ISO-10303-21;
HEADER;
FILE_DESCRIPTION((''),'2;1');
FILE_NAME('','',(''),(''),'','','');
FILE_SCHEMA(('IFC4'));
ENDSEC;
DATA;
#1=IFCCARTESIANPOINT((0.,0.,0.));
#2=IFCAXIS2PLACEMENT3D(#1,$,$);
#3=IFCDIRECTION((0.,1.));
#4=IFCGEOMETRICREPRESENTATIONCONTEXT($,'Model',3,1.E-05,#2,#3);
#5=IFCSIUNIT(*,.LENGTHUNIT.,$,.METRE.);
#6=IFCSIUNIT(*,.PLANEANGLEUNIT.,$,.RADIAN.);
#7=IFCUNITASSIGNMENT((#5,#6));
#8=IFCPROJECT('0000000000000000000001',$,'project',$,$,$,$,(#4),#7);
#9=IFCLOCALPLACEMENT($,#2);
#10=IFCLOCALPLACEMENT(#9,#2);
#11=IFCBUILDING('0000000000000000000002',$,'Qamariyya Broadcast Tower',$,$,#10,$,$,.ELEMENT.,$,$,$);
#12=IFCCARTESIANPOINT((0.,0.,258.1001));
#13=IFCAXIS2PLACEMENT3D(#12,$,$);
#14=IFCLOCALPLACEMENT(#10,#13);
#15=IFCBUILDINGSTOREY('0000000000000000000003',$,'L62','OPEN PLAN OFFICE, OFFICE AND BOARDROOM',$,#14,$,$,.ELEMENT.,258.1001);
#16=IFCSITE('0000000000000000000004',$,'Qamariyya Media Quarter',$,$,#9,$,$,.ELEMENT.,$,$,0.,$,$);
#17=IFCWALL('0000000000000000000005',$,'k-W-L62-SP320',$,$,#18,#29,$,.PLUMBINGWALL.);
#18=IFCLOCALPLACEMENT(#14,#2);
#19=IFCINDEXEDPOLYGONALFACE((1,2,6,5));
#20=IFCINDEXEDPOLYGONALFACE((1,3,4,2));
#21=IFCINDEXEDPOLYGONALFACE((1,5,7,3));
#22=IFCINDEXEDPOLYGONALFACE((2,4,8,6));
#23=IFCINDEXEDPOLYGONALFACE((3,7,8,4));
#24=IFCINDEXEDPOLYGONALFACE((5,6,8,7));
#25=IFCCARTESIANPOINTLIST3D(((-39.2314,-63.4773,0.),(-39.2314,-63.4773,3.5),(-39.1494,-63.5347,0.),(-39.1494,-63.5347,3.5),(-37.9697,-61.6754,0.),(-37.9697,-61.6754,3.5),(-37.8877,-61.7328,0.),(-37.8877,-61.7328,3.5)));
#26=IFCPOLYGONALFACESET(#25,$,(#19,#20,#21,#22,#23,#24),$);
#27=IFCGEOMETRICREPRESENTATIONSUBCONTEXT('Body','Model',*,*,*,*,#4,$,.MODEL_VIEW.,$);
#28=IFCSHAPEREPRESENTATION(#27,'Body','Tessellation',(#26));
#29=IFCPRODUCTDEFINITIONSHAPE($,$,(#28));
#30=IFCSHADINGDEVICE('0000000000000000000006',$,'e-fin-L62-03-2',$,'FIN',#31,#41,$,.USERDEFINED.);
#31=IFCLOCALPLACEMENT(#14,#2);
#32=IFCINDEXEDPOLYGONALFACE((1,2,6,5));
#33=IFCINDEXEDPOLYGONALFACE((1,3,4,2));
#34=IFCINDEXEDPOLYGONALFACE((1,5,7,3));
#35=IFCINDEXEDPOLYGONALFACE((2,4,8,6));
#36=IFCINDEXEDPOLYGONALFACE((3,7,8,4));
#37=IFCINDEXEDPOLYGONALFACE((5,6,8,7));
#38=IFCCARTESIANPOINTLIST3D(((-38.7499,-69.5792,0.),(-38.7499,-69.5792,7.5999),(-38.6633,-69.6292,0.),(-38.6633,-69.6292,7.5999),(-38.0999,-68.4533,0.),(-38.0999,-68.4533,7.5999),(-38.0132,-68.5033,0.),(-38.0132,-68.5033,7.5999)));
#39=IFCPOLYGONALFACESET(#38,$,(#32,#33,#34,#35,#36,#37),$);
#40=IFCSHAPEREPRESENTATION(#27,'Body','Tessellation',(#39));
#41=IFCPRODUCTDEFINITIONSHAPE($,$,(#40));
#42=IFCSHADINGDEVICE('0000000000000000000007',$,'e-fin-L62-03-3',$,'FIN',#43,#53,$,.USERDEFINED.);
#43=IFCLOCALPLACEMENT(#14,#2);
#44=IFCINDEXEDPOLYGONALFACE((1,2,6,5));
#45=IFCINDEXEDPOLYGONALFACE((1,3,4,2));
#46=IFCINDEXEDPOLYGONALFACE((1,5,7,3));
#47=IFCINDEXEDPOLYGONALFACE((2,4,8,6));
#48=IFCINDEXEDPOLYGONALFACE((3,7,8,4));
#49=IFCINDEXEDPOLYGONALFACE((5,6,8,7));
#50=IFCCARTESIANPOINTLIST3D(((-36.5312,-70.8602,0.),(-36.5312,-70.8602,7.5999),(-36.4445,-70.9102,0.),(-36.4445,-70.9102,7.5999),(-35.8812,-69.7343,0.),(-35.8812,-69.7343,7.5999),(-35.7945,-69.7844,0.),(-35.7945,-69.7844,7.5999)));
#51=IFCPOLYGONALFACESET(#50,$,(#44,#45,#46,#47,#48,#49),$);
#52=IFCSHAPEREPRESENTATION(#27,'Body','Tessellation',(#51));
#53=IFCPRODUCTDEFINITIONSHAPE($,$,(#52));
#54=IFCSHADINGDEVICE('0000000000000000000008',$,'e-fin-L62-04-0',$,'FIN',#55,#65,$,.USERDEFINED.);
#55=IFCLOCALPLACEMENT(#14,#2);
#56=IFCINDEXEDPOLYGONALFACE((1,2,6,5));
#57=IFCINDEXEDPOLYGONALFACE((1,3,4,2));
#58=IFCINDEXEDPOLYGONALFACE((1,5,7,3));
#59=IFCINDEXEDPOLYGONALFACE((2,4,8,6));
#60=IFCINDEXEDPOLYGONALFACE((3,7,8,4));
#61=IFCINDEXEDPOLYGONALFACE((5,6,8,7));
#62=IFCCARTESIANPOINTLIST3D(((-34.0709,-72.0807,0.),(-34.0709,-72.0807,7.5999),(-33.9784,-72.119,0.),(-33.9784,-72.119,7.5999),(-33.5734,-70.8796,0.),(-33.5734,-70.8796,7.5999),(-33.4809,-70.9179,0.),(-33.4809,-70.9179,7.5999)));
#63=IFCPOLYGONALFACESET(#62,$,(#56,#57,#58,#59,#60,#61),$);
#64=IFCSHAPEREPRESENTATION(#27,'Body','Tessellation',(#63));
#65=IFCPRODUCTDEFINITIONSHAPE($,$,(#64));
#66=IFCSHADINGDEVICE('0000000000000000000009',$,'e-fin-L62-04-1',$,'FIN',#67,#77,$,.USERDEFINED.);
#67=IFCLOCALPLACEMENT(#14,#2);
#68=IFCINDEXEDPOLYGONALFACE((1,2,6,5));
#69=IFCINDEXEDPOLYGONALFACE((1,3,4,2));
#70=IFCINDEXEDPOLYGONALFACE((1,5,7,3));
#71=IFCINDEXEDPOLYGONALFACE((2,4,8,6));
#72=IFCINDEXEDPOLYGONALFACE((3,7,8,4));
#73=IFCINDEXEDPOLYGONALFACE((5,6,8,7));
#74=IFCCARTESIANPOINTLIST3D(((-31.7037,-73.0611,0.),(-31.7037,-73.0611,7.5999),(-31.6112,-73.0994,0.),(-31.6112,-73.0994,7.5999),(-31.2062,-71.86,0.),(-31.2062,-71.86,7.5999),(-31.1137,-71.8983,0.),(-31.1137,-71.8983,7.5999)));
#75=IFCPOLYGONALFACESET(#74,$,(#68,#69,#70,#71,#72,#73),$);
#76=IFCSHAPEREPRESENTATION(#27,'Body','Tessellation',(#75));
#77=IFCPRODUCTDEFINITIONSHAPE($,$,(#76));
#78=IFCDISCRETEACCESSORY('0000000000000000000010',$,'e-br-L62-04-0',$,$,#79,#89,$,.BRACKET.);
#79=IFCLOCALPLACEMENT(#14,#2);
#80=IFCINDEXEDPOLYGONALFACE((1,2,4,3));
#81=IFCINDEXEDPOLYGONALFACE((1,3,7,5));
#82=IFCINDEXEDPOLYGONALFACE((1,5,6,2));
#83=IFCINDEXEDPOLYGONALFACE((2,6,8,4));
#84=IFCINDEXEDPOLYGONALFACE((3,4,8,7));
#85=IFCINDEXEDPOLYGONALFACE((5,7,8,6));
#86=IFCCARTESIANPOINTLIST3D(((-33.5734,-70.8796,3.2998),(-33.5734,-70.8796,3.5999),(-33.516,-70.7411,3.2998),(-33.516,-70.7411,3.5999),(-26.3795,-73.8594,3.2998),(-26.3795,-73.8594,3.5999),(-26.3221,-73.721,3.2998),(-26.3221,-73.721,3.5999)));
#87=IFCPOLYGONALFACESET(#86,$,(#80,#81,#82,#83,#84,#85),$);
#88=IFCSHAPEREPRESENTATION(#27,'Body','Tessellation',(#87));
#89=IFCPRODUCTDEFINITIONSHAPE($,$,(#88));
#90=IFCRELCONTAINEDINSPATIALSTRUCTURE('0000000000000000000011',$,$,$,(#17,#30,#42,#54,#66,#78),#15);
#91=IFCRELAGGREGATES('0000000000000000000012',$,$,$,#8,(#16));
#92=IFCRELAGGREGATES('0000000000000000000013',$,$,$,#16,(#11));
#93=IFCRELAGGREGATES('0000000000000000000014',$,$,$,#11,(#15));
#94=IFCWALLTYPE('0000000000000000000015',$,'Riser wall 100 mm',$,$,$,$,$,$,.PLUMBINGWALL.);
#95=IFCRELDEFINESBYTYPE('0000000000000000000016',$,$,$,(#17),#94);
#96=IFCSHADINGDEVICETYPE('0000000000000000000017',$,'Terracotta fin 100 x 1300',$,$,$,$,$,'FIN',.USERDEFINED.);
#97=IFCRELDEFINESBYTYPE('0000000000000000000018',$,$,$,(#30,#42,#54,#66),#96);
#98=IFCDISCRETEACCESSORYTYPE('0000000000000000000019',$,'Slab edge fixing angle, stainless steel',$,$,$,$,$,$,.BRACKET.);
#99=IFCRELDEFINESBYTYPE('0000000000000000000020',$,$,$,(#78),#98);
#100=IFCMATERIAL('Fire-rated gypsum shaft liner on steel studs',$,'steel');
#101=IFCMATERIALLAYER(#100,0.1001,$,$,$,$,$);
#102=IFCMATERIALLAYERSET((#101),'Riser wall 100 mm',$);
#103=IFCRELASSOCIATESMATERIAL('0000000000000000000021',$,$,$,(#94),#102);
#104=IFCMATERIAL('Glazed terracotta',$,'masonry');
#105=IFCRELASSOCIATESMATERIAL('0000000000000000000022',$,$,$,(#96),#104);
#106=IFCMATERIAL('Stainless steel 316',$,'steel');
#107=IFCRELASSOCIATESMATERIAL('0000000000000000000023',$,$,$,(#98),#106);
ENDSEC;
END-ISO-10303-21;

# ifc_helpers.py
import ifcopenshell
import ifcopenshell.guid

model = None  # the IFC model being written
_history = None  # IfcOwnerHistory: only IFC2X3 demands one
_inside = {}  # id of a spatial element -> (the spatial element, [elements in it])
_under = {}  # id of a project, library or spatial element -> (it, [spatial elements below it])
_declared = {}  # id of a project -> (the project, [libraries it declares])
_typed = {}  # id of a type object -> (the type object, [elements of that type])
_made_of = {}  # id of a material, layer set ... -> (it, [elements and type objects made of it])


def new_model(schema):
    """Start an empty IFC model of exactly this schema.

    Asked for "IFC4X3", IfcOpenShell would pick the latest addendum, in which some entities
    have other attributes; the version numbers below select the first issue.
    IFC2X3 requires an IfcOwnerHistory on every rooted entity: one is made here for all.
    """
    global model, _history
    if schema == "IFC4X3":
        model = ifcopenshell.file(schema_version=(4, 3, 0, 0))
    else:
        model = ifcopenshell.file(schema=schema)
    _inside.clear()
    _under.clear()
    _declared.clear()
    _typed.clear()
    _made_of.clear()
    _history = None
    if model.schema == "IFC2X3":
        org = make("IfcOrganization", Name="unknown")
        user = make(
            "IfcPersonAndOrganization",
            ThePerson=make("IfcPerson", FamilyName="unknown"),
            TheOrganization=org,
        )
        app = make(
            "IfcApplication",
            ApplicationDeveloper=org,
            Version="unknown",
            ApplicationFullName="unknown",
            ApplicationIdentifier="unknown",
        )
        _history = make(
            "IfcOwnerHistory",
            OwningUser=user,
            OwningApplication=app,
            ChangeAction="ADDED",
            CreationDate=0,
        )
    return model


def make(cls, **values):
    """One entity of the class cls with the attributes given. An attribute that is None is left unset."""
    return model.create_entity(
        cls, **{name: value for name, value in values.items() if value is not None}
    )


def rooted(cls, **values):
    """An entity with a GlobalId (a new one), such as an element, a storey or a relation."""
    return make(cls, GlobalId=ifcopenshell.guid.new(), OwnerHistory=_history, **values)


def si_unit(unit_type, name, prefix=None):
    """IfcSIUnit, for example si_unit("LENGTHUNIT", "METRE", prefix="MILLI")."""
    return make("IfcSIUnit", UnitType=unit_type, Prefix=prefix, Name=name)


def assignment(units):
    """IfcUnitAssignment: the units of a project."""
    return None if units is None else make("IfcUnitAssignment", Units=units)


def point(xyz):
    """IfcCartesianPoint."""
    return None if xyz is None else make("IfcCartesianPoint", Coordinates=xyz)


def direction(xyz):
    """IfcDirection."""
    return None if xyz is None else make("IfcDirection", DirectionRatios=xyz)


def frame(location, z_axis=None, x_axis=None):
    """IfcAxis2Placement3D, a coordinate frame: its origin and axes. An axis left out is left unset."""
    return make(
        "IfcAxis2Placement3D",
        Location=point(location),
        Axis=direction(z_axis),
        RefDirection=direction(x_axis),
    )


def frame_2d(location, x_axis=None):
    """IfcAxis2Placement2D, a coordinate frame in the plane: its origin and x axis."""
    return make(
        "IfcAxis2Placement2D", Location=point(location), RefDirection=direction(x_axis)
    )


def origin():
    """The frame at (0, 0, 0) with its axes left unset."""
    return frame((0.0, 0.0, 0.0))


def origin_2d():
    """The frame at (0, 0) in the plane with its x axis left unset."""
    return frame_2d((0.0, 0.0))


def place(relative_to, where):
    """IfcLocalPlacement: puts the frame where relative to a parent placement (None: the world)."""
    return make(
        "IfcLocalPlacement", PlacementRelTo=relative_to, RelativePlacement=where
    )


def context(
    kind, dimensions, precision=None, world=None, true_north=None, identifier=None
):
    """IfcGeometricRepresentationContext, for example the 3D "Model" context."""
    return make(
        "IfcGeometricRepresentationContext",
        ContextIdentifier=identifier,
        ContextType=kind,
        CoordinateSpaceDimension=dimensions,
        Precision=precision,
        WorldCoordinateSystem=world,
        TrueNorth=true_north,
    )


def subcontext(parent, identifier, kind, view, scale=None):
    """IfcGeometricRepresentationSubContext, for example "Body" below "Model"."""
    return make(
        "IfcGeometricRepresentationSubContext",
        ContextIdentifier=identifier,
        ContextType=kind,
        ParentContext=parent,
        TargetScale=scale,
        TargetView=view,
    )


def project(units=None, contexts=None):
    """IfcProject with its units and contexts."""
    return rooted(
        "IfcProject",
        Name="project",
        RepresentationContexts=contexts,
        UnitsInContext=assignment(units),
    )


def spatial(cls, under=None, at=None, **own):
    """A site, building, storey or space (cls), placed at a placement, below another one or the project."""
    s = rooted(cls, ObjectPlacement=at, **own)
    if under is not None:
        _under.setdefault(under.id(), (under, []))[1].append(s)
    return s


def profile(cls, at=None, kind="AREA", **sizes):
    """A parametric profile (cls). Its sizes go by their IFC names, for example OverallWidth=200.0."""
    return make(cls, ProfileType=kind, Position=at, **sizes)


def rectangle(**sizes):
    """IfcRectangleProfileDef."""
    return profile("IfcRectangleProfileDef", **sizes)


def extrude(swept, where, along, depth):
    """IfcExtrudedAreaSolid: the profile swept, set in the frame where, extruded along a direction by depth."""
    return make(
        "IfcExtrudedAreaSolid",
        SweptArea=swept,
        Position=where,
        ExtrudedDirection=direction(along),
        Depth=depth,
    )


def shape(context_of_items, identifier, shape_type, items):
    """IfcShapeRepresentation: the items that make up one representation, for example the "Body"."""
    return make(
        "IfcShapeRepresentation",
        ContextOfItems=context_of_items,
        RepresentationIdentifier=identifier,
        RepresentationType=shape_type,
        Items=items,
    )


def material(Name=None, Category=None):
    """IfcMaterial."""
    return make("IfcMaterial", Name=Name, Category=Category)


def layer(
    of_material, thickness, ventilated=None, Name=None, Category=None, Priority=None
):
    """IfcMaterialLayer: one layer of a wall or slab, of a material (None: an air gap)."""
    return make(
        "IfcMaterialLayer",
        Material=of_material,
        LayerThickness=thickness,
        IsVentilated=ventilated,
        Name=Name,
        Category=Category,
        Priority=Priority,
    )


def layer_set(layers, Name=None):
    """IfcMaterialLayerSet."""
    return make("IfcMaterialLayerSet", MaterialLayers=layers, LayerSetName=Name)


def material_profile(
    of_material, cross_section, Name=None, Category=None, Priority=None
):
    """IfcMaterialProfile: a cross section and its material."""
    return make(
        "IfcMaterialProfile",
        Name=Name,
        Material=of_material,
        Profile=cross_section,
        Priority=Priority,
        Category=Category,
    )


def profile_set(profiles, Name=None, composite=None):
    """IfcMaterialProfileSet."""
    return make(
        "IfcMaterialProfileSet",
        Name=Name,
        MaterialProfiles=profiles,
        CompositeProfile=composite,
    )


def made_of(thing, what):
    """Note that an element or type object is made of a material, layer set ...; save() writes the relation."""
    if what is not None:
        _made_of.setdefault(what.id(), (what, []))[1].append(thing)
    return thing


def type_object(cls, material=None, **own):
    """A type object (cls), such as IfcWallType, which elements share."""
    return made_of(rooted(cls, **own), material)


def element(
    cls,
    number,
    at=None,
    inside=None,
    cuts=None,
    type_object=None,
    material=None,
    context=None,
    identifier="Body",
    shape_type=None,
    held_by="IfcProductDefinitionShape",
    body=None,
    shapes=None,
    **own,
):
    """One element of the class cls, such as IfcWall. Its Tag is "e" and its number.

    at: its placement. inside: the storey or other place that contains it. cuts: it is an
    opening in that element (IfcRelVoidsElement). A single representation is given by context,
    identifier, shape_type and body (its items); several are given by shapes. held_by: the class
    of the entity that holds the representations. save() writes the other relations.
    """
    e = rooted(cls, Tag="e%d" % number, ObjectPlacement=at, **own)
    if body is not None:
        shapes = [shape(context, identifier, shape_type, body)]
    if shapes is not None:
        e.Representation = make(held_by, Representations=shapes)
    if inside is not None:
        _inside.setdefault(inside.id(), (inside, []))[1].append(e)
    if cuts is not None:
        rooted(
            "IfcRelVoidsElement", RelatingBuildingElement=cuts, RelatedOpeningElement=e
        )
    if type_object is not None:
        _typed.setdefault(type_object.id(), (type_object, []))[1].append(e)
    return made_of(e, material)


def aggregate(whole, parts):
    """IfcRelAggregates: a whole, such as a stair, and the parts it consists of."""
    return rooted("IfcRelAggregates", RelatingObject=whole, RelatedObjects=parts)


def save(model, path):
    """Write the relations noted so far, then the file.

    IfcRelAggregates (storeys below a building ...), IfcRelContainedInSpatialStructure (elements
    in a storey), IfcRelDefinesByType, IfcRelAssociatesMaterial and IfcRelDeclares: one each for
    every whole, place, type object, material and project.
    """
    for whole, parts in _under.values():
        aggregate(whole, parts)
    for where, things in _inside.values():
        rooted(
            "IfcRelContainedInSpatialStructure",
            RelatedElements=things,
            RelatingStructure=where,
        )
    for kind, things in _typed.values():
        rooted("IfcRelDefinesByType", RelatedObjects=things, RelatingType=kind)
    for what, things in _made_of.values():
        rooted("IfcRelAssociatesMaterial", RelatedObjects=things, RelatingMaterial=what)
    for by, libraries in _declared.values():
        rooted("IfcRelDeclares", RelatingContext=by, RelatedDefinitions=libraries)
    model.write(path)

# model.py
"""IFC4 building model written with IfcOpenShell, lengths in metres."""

from ifc_helpers import new_model, si_unit, direction, frame, frame_2d, origin, origin_2d, place, context, subcontext, project, spatial, rectangle, extrude, material, layer, layer_set, material_profile, profile_set, type_object, element, save


model = new_model("IFC4")

# Units and contexts
model_context = context("Model", 3, precision=1e-05, world=origin(), true_north=direction((0.0, 1.0)))
body_context = subcontext(model_context, "Body", "Model", "MODEL_VIEW")
ifc_project = project(units=[si_unit("LENGTHUNIT", "METRE"), si_unit("PLANEANGLEUNIT", "RADIAN")], contexts=[model_context])

# Site, building, storey
site_placement = place(None, origin())
site = spatial("IfcSite", under=ifc_project, at=site_placement, Name="Qamariyya Media Quarter", CompositionType="ELEMENT", RefElevation=0.0)
building_placement = place(site_placement, origin())
building = spatial("IfcBuilding", under=site, at=building_placement, Name="Qamariyya Broadcast Tower", CompositionType="ELEMENT")
storey_placement = place(building_placement, frame((0.0, 0.0, 258.1001)))
storey = spatial("IfcBuildingStorey", under=building, at=storey_placement, Name="L62", Description="OPEN PLAN OFFICE, OFFICE AND BOARDROOM", CompositionType="ELEMENT", Elevation=258.1001)

# Wall
ifc_material_1 = material(Name="Fire-rated gypsum shaft liner on steel studs", Category="steel")
ifc_layer_1 = layer(ifc_material_1, 0.1001)
ifc_layer_set_1 = layer_set([ifc_layer_1], Name="Riser wall 100 mm")
wall_type_1 = type_object("IfcWallType", Name="Riser wall 100 mm", PredefinedType="PLUMBINGWALL", material=ifc_layer_set_1)
wall_1_placement = place(storey_placement, frame((-37.9287, -61.7041, 0.0), z_axis=(0.0, 0.0, 1.0), x_axis=(-0.573559, -0.819164, 0.0)))
element("IfcWall", 1, at=wall_1_placement, inside=storey, type_object=wall_type_1, Name="k-W-L62-SP320", PredefinedType="PLUMBINGWALL", context=body_context, shape_type="SweptSolid", body=[
    extrude(rectangle(XDim=2.1997, YDim=0.1001, at=frame_2d((1.0999, 0.0))), origin(), (0.0, 0.0, 1.0), 3.5),
])

# Shading devices
ifc_material_2 = material(Name="Glazed terracotta", Category="masonry")
ifc_material_profile_1 = material_profile(ifc_material_2, rectangle(XDim=1.3, YDim=0.1001, at=origin_2d()))
ifc_profile_set_1 = profile_set([ifc_material_profile_1], Name="Glazed terracotta")
shading_device_type_1 = type_object("IfcShadingDeviceType", Name="Terracotta fin 100 x 1300", ElementType="FIN", PredefinedType="USERDEFINED", material=ifc_profile_set_1)
for number, where, z_axis, x_axis, name in (
    (2, (-38.3816, -69.0413, 0.0), (0.0, 0.0, 1.0), (-0.5, -0.866025, 0.0), "e-fin-L62-03-2"),
    (3, (-36.1628, -70.3223, 0.0), (0.0, 0.0, 1.0), (-0.5, -0.866025, 0.0), "e-fin-L62-03-3"),
    (4, (-33.7759, -71.4993, 0.0), (0.0, 0.0, 1.0), (-0.382683, -0.92388, 0.0), "e-fin-L62-04-0"),
    (5, (-31.4087, -72.4797, 0.0), (0.0, 0.0, 1.0), (-0.382683, -0.92388, 0.0), "e-fin-L62-04-1"),
):
    element("IfcShadingDevice", number, at=place(storey_placement, frame(where, z_axis=z_axis, x_axis=x_axis)), inside=storey, type_object=shading_device_type_1, Name=name, ObjectType="FIN", PredefinedType="USERDEFINED", context=body_context, shape_type="SweptSolid", body=[
        extrude(rectangle(XDim=1.3, YDim=0.1001, at=origin_2d()), origin(), (0.0, 0.0, 1.0), 7.5999),
    ])

# Discrete accessory
ifc_material_3 = material(Name="Stainless steel 316", Category="steel")
discrete_accessory_type = type_object("IfcDiscreteAccessoryType", Name="Slab edge fixing angle, stainless steel", PredefinedType="BRACKET", material=ifc_material_3)
discrete_accessory_placement = place(storey_placement, frame((-29.9478, -72.3003, 3.2998), z_axis=(0.0, 0.0, 1.0), x_axis=(0.92388, -0.382683, 0.0)))
element("IfcDiscreteAccessory", 6, at=discrete_accessory_placement, inside=storey, type_object=discrete_accessory_type, Name="e-br-L62-04-0", PredefinedType="BRACKET", context=body_context, shape_type="SweptSolid", body=[
    extrude(rectangle(XDim=7.7866, YDim=0.1499, at=origin_2d()), origin(), (0.0, 0.0, 1.0), 0.3),
])

save(model, "model.ifc")
